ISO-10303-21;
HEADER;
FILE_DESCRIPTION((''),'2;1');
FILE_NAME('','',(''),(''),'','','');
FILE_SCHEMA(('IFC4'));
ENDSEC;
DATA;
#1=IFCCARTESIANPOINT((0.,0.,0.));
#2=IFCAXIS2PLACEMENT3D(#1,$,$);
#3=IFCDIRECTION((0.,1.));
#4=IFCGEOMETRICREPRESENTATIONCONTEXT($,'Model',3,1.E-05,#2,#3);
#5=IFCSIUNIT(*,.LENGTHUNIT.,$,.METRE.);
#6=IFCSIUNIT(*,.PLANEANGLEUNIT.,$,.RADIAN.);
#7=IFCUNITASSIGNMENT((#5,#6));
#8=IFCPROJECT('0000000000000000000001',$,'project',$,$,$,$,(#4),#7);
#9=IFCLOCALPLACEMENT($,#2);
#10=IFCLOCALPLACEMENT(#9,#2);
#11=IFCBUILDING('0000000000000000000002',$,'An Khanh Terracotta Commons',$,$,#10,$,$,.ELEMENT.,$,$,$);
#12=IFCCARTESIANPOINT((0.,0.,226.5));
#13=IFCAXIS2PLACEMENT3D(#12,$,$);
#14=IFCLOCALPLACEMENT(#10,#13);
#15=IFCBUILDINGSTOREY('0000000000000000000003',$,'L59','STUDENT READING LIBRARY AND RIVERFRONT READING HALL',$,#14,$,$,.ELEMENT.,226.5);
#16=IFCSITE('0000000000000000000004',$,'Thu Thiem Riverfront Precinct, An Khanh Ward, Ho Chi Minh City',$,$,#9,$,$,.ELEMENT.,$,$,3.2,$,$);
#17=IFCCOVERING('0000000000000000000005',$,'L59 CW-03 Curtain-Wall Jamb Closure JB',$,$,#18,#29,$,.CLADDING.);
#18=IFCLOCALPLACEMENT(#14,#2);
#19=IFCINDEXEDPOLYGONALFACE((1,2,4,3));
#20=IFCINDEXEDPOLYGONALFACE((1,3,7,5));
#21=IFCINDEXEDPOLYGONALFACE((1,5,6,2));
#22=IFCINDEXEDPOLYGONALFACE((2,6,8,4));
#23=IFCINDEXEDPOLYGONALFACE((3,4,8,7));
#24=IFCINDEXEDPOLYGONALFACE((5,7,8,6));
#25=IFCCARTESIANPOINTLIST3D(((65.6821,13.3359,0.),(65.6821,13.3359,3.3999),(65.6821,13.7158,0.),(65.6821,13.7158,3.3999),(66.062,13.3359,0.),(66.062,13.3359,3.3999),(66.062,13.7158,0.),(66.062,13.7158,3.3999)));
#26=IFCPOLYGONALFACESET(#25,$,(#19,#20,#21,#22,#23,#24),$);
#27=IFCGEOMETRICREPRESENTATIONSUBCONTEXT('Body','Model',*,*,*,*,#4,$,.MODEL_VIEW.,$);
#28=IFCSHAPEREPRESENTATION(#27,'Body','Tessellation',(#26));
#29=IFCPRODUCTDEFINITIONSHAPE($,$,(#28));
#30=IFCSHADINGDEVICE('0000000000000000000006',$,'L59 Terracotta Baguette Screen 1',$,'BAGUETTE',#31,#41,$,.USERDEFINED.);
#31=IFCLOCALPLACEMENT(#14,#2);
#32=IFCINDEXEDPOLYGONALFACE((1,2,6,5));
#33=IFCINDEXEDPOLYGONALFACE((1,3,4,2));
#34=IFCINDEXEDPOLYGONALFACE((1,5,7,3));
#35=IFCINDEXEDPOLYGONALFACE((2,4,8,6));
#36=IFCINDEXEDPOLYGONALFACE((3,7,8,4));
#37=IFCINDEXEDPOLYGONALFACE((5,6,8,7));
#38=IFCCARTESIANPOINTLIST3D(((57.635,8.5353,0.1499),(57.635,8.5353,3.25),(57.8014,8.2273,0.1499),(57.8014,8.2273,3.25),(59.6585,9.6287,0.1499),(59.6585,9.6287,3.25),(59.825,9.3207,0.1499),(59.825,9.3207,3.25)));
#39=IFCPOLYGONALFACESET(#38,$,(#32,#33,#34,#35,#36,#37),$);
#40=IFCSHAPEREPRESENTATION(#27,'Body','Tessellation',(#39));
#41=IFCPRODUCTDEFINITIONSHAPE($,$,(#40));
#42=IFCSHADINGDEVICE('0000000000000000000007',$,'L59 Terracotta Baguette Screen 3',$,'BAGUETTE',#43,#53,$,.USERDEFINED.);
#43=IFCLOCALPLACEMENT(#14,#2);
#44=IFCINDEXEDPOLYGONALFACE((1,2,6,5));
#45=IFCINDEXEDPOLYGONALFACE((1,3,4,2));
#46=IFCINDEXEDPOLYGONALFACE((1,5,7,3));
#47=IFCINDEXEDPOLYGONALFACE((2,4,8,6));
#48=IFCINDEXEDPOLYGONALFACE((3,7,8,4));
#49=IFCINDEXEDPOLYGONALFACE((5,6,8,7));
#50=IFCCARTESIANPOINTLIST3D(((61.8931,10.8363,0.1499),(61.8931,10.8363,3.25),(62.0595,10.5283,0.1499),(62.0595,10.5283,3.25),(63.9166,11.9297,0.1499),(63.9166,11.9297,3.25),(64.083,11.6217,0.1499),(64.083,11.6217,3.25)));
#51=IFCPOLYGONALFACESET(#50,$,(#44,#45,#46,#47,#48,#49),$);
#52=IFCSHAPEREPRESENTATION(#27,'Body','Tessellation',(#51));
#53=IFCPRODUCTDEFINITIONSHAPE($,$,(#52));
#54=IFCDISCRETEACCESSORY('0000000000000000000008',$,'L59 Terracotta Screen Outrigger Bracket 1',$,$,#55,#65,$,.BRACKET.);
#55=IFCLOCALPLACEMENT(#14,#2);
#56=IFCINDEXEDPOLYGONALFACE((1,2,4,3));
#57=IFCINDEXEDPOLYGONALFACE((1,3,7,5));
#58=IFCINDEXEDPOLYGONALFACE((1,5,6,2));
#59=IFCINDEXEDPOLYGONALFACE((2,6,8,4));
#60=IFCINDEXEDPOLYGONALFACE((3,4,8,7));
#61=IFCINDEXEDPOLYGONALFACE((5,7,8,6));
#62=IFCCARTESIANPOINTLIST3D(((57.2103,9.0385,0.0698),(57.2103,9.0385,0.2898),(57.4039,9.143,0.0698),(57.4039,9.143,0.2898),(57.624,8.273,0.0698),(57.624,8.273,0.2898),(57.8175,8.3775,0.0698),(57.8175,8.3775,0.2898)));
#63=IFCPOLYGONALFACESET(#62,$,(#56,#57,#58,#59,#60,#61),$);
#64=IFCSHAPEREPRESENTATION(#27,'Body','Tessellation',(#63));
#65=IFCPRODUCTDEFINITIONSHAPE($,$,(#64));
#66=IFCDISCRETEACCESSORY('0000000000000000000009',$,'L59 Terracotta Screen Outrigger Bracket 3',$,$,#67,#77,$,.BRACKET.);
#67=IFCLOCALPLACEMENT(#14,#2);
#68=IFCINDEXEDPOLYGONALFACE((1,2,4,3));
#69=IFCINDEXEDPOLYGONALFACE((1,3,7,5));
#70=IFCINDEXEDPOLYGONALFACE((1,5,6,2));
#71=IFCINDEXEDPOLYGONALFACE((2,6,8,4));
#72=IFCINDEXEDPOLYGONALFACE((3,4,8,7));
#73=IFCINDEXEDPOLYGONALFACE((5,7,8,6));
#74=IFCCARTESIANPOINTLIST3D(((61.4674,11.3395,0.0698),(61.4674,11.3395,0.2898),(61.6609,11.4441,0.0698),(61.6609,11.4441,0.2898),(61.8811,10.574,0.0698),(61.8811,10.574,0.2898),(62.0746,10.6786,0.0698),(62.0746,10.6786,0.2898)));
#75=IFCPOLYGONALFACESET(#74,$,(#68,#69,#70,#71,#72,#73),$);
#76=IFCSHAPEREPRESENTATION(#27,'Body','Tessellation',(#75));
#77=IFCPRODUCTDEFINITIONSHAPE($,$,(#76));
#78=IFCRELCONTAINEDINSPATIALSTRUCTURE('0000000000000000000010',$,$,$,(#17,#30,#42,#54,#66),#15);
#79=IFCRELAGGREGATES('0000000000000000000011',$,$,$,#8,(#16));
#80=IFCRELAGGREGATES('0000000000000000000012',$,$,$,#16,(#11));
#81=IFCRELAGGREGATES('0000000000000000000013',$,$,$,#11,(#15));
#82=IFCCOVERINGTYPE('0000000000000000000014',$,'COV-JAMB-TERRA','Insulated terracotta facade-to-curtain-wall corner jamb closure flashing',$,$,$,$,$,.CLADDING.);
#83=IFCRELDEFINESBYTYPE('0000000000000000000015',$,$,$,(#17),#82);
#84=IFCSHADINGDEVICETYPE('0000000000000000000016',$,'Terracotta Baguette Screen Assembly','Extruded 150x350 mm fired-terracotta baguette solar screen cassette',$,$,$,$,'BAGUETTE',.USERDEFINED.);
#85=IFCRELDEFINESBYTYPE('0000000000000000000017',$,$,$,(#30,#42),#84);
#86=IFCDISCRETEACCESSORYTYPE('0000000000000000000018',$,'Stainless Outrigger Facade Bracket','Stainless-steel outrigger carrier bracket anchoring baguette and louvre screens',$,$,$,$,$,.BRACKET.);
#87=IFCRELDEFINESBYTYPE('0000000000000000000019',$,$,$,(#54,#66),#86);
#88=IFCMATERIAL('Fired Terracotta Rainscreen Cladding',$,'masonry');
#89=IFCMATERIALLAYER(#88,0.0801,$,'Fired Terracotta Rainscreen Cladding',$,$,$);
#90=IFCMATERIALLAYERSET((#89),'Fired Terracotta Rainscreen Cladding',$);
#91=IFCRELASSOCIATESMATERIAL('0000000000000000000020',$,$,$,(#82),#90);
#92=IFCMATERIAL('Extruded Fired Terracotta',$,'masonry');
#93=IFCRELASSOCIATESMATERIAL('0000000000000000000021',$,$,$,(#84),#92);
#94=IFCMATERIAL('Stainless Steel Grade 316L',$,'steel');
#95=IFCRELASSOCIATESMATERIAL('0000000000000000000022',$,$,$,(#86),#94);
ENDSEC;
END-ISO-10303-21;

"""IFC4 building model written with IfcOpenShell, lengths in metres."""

from ifc_helpers import new_model, si_unit, direction, frame, origin, origin_2d, place, context, subcontext, project, spatial, rectangle, extrude, material, layer, layer_set, type_object, element, save


model = new_model("IFC4")

# Units and contexts
model_context = context("Model", 3, precision=1e-05, world=origin(), true_north=direction((0.0, 1.0)))
body_context = subcontext(model_context, "Body", "Model", "MODEL_VIEW")
ifc_project = project(units=[si_unit("LENGTHUNIT", "METRE"), si_unit("PLANEANGLEUNIT", "RADIAN")], contexts=[model_context])

# Site, building, storey
site_placement = place(None, origin())
site = spatial("IfcSite", under=ifc_project, at=site_placement, Name="Thu Thiem Riverfront Precinct, An Khanh Ward, Ho Chi Minh City", CompositionType="ELEMENT", RefElevation=3.2)
building_placement = place(site_placement, origin())
building = spatial("IfcBuilding", under=site, at=building_placement, Name="An Khanh Terracotta Commons", CompositionType="ELEMENT")
storey_placement = place(building_placement, frame((0.0, 0.0, 226.5)))
storey = spatial("IfcBuildingStorey", under=building, at=storey_placement, Name="L59", Description="STUDENT READING LIBRARY AND RIVERFRONT READING HALL", CompositionType="ELEMENT", Elevation=226.5)

# Covering
ifc_material_1 = material(Name="Fired Terracotta Rainscreen Cladding", Category="masonry")
ifc_layer_1 = layer(ifc_material_1, 0.0801, Name="Fired Terracotta Rainscreen Cladding")
ifc_layer_set_1 = layer_set([ifc_layer_1], Name="Fired Terracotta Rainscreen Cladding")
covering_type = type_object("IfcCoveringType", Name="COV-JAMB-TERRA", Description="Insulated terracotta facade-to-curtain-wall corner jamb closure flashing", PredefinedType="CLADDING", material=ifc_layer_set_1)
for number, where, z_axis, x_axis, name in (
    (1, (65.8721, 13.5259, 0.0), (0.0, 0.0, 1.0), (1.0, 0.0, 0.0), "L59 CW-03 Curtain-Wall Jamb Closure JB"),
):
    element("IfcCovering", number, at=place(storey_placement, frame(where, z_axis=z_axis, x_axis=x_axis)), inside=storey, type_object=covering_type, Name=name, PredefinedType="CLADDING", context=body_context, shape_type="SweptSolid", body=[
        extrude(rectangle(XDim=0.3799, YDim=0.3799, at=origin_2d()), origin(), (0.0, 0.0, 1.0), 3.3999),
    ])

# Shading devices
ifc_material_2 = material(Name="Extruded Fired Terracotta", Category="masonry")
shading_device_type = type_object("IfcShadingDeviceType", Name="Terracotta Baguette Screen Assembly", Description="Extruded 150x350 mm fired-terracotta baguette solar screen cassette", ElementType="BAGUETTE", PredefinedType="USERDEFINED", material=ifc_material_2)
for number, where, z_axis, x_axis, name in (
    (2, (58.73, 8.928, 0.1499), (0.0, 0.0, 1.0), (0.87978, 0.475381, 0.0), "L59 Terracotta Baguette Screen 1"),
    (3, (62.988, 11.229, 0.1499), (0.0, 0.0, 1.0), (0.87978, 0.475381, 0.0), "L59 Terracotta Baguette Screen 3"),
):
    element("IfcShadingDevice", number, at=place(storey_placement, frame(where, z_axis=z_axis, x_axis=x_axis)), inside=storey, type_object=shading_device_type, Name=name, ObjectType="BAGUETTE", PredefinedType="USERDEFINED", context=body_context, shape_type="SweptSolid", body=[
        extrude(rectangle(XDim=2.3, YDim=0.3501, at=origin_2d()), origin(), (0.0, 0.0, 1.0), 3.1001),
    ])

# Discrete accessories
ifc_material_3 = material(Name="Stainless Steel Grade 316L", Category="steel")
discrete_accessory_type = type_object("IfcDiscreteAccessoryType", Name="Stainless Outrigger Facade Bracket", Description="Stainless-steel outrigger carrier bracket anchoring baguette and louvre screens", PredefinedType="BRACKET", material=ifc_material_3)
for number, where, z_axis, x_axis, name in (
    (4, (57.5139, 8.708, 0.0698), (0.0, 0.0, 1.0), (0.87978, 0.475381, 0.0), "L59 Terracotta Screen Outrigger Bracket 1"),
    (5, (61.771, 11.009, 0.0698), (0.0, 0.0, 1.0), (0.87978, 0.475381, 0.0), "L59 Terracotta Screen Outrigger Bracket 3"),
):
    element("IfcDiscreteAccessory", number, at=place(storey_placement, frame(where, z_axis=z_axis, x_axis=x_axis)), inside=storey, type_object=discrete_accessory_type, Name=name, PredefinedType="BRACKET", context=body_context, shape_type="SweptSolid", body=[
        extrude(rectangle(XDim=0.22, YDim=0.8701, at=origin_2d()), origin(), (0.0, 0.0, 1.0), 0.22),
    ])

save(model, "model.ifc")
